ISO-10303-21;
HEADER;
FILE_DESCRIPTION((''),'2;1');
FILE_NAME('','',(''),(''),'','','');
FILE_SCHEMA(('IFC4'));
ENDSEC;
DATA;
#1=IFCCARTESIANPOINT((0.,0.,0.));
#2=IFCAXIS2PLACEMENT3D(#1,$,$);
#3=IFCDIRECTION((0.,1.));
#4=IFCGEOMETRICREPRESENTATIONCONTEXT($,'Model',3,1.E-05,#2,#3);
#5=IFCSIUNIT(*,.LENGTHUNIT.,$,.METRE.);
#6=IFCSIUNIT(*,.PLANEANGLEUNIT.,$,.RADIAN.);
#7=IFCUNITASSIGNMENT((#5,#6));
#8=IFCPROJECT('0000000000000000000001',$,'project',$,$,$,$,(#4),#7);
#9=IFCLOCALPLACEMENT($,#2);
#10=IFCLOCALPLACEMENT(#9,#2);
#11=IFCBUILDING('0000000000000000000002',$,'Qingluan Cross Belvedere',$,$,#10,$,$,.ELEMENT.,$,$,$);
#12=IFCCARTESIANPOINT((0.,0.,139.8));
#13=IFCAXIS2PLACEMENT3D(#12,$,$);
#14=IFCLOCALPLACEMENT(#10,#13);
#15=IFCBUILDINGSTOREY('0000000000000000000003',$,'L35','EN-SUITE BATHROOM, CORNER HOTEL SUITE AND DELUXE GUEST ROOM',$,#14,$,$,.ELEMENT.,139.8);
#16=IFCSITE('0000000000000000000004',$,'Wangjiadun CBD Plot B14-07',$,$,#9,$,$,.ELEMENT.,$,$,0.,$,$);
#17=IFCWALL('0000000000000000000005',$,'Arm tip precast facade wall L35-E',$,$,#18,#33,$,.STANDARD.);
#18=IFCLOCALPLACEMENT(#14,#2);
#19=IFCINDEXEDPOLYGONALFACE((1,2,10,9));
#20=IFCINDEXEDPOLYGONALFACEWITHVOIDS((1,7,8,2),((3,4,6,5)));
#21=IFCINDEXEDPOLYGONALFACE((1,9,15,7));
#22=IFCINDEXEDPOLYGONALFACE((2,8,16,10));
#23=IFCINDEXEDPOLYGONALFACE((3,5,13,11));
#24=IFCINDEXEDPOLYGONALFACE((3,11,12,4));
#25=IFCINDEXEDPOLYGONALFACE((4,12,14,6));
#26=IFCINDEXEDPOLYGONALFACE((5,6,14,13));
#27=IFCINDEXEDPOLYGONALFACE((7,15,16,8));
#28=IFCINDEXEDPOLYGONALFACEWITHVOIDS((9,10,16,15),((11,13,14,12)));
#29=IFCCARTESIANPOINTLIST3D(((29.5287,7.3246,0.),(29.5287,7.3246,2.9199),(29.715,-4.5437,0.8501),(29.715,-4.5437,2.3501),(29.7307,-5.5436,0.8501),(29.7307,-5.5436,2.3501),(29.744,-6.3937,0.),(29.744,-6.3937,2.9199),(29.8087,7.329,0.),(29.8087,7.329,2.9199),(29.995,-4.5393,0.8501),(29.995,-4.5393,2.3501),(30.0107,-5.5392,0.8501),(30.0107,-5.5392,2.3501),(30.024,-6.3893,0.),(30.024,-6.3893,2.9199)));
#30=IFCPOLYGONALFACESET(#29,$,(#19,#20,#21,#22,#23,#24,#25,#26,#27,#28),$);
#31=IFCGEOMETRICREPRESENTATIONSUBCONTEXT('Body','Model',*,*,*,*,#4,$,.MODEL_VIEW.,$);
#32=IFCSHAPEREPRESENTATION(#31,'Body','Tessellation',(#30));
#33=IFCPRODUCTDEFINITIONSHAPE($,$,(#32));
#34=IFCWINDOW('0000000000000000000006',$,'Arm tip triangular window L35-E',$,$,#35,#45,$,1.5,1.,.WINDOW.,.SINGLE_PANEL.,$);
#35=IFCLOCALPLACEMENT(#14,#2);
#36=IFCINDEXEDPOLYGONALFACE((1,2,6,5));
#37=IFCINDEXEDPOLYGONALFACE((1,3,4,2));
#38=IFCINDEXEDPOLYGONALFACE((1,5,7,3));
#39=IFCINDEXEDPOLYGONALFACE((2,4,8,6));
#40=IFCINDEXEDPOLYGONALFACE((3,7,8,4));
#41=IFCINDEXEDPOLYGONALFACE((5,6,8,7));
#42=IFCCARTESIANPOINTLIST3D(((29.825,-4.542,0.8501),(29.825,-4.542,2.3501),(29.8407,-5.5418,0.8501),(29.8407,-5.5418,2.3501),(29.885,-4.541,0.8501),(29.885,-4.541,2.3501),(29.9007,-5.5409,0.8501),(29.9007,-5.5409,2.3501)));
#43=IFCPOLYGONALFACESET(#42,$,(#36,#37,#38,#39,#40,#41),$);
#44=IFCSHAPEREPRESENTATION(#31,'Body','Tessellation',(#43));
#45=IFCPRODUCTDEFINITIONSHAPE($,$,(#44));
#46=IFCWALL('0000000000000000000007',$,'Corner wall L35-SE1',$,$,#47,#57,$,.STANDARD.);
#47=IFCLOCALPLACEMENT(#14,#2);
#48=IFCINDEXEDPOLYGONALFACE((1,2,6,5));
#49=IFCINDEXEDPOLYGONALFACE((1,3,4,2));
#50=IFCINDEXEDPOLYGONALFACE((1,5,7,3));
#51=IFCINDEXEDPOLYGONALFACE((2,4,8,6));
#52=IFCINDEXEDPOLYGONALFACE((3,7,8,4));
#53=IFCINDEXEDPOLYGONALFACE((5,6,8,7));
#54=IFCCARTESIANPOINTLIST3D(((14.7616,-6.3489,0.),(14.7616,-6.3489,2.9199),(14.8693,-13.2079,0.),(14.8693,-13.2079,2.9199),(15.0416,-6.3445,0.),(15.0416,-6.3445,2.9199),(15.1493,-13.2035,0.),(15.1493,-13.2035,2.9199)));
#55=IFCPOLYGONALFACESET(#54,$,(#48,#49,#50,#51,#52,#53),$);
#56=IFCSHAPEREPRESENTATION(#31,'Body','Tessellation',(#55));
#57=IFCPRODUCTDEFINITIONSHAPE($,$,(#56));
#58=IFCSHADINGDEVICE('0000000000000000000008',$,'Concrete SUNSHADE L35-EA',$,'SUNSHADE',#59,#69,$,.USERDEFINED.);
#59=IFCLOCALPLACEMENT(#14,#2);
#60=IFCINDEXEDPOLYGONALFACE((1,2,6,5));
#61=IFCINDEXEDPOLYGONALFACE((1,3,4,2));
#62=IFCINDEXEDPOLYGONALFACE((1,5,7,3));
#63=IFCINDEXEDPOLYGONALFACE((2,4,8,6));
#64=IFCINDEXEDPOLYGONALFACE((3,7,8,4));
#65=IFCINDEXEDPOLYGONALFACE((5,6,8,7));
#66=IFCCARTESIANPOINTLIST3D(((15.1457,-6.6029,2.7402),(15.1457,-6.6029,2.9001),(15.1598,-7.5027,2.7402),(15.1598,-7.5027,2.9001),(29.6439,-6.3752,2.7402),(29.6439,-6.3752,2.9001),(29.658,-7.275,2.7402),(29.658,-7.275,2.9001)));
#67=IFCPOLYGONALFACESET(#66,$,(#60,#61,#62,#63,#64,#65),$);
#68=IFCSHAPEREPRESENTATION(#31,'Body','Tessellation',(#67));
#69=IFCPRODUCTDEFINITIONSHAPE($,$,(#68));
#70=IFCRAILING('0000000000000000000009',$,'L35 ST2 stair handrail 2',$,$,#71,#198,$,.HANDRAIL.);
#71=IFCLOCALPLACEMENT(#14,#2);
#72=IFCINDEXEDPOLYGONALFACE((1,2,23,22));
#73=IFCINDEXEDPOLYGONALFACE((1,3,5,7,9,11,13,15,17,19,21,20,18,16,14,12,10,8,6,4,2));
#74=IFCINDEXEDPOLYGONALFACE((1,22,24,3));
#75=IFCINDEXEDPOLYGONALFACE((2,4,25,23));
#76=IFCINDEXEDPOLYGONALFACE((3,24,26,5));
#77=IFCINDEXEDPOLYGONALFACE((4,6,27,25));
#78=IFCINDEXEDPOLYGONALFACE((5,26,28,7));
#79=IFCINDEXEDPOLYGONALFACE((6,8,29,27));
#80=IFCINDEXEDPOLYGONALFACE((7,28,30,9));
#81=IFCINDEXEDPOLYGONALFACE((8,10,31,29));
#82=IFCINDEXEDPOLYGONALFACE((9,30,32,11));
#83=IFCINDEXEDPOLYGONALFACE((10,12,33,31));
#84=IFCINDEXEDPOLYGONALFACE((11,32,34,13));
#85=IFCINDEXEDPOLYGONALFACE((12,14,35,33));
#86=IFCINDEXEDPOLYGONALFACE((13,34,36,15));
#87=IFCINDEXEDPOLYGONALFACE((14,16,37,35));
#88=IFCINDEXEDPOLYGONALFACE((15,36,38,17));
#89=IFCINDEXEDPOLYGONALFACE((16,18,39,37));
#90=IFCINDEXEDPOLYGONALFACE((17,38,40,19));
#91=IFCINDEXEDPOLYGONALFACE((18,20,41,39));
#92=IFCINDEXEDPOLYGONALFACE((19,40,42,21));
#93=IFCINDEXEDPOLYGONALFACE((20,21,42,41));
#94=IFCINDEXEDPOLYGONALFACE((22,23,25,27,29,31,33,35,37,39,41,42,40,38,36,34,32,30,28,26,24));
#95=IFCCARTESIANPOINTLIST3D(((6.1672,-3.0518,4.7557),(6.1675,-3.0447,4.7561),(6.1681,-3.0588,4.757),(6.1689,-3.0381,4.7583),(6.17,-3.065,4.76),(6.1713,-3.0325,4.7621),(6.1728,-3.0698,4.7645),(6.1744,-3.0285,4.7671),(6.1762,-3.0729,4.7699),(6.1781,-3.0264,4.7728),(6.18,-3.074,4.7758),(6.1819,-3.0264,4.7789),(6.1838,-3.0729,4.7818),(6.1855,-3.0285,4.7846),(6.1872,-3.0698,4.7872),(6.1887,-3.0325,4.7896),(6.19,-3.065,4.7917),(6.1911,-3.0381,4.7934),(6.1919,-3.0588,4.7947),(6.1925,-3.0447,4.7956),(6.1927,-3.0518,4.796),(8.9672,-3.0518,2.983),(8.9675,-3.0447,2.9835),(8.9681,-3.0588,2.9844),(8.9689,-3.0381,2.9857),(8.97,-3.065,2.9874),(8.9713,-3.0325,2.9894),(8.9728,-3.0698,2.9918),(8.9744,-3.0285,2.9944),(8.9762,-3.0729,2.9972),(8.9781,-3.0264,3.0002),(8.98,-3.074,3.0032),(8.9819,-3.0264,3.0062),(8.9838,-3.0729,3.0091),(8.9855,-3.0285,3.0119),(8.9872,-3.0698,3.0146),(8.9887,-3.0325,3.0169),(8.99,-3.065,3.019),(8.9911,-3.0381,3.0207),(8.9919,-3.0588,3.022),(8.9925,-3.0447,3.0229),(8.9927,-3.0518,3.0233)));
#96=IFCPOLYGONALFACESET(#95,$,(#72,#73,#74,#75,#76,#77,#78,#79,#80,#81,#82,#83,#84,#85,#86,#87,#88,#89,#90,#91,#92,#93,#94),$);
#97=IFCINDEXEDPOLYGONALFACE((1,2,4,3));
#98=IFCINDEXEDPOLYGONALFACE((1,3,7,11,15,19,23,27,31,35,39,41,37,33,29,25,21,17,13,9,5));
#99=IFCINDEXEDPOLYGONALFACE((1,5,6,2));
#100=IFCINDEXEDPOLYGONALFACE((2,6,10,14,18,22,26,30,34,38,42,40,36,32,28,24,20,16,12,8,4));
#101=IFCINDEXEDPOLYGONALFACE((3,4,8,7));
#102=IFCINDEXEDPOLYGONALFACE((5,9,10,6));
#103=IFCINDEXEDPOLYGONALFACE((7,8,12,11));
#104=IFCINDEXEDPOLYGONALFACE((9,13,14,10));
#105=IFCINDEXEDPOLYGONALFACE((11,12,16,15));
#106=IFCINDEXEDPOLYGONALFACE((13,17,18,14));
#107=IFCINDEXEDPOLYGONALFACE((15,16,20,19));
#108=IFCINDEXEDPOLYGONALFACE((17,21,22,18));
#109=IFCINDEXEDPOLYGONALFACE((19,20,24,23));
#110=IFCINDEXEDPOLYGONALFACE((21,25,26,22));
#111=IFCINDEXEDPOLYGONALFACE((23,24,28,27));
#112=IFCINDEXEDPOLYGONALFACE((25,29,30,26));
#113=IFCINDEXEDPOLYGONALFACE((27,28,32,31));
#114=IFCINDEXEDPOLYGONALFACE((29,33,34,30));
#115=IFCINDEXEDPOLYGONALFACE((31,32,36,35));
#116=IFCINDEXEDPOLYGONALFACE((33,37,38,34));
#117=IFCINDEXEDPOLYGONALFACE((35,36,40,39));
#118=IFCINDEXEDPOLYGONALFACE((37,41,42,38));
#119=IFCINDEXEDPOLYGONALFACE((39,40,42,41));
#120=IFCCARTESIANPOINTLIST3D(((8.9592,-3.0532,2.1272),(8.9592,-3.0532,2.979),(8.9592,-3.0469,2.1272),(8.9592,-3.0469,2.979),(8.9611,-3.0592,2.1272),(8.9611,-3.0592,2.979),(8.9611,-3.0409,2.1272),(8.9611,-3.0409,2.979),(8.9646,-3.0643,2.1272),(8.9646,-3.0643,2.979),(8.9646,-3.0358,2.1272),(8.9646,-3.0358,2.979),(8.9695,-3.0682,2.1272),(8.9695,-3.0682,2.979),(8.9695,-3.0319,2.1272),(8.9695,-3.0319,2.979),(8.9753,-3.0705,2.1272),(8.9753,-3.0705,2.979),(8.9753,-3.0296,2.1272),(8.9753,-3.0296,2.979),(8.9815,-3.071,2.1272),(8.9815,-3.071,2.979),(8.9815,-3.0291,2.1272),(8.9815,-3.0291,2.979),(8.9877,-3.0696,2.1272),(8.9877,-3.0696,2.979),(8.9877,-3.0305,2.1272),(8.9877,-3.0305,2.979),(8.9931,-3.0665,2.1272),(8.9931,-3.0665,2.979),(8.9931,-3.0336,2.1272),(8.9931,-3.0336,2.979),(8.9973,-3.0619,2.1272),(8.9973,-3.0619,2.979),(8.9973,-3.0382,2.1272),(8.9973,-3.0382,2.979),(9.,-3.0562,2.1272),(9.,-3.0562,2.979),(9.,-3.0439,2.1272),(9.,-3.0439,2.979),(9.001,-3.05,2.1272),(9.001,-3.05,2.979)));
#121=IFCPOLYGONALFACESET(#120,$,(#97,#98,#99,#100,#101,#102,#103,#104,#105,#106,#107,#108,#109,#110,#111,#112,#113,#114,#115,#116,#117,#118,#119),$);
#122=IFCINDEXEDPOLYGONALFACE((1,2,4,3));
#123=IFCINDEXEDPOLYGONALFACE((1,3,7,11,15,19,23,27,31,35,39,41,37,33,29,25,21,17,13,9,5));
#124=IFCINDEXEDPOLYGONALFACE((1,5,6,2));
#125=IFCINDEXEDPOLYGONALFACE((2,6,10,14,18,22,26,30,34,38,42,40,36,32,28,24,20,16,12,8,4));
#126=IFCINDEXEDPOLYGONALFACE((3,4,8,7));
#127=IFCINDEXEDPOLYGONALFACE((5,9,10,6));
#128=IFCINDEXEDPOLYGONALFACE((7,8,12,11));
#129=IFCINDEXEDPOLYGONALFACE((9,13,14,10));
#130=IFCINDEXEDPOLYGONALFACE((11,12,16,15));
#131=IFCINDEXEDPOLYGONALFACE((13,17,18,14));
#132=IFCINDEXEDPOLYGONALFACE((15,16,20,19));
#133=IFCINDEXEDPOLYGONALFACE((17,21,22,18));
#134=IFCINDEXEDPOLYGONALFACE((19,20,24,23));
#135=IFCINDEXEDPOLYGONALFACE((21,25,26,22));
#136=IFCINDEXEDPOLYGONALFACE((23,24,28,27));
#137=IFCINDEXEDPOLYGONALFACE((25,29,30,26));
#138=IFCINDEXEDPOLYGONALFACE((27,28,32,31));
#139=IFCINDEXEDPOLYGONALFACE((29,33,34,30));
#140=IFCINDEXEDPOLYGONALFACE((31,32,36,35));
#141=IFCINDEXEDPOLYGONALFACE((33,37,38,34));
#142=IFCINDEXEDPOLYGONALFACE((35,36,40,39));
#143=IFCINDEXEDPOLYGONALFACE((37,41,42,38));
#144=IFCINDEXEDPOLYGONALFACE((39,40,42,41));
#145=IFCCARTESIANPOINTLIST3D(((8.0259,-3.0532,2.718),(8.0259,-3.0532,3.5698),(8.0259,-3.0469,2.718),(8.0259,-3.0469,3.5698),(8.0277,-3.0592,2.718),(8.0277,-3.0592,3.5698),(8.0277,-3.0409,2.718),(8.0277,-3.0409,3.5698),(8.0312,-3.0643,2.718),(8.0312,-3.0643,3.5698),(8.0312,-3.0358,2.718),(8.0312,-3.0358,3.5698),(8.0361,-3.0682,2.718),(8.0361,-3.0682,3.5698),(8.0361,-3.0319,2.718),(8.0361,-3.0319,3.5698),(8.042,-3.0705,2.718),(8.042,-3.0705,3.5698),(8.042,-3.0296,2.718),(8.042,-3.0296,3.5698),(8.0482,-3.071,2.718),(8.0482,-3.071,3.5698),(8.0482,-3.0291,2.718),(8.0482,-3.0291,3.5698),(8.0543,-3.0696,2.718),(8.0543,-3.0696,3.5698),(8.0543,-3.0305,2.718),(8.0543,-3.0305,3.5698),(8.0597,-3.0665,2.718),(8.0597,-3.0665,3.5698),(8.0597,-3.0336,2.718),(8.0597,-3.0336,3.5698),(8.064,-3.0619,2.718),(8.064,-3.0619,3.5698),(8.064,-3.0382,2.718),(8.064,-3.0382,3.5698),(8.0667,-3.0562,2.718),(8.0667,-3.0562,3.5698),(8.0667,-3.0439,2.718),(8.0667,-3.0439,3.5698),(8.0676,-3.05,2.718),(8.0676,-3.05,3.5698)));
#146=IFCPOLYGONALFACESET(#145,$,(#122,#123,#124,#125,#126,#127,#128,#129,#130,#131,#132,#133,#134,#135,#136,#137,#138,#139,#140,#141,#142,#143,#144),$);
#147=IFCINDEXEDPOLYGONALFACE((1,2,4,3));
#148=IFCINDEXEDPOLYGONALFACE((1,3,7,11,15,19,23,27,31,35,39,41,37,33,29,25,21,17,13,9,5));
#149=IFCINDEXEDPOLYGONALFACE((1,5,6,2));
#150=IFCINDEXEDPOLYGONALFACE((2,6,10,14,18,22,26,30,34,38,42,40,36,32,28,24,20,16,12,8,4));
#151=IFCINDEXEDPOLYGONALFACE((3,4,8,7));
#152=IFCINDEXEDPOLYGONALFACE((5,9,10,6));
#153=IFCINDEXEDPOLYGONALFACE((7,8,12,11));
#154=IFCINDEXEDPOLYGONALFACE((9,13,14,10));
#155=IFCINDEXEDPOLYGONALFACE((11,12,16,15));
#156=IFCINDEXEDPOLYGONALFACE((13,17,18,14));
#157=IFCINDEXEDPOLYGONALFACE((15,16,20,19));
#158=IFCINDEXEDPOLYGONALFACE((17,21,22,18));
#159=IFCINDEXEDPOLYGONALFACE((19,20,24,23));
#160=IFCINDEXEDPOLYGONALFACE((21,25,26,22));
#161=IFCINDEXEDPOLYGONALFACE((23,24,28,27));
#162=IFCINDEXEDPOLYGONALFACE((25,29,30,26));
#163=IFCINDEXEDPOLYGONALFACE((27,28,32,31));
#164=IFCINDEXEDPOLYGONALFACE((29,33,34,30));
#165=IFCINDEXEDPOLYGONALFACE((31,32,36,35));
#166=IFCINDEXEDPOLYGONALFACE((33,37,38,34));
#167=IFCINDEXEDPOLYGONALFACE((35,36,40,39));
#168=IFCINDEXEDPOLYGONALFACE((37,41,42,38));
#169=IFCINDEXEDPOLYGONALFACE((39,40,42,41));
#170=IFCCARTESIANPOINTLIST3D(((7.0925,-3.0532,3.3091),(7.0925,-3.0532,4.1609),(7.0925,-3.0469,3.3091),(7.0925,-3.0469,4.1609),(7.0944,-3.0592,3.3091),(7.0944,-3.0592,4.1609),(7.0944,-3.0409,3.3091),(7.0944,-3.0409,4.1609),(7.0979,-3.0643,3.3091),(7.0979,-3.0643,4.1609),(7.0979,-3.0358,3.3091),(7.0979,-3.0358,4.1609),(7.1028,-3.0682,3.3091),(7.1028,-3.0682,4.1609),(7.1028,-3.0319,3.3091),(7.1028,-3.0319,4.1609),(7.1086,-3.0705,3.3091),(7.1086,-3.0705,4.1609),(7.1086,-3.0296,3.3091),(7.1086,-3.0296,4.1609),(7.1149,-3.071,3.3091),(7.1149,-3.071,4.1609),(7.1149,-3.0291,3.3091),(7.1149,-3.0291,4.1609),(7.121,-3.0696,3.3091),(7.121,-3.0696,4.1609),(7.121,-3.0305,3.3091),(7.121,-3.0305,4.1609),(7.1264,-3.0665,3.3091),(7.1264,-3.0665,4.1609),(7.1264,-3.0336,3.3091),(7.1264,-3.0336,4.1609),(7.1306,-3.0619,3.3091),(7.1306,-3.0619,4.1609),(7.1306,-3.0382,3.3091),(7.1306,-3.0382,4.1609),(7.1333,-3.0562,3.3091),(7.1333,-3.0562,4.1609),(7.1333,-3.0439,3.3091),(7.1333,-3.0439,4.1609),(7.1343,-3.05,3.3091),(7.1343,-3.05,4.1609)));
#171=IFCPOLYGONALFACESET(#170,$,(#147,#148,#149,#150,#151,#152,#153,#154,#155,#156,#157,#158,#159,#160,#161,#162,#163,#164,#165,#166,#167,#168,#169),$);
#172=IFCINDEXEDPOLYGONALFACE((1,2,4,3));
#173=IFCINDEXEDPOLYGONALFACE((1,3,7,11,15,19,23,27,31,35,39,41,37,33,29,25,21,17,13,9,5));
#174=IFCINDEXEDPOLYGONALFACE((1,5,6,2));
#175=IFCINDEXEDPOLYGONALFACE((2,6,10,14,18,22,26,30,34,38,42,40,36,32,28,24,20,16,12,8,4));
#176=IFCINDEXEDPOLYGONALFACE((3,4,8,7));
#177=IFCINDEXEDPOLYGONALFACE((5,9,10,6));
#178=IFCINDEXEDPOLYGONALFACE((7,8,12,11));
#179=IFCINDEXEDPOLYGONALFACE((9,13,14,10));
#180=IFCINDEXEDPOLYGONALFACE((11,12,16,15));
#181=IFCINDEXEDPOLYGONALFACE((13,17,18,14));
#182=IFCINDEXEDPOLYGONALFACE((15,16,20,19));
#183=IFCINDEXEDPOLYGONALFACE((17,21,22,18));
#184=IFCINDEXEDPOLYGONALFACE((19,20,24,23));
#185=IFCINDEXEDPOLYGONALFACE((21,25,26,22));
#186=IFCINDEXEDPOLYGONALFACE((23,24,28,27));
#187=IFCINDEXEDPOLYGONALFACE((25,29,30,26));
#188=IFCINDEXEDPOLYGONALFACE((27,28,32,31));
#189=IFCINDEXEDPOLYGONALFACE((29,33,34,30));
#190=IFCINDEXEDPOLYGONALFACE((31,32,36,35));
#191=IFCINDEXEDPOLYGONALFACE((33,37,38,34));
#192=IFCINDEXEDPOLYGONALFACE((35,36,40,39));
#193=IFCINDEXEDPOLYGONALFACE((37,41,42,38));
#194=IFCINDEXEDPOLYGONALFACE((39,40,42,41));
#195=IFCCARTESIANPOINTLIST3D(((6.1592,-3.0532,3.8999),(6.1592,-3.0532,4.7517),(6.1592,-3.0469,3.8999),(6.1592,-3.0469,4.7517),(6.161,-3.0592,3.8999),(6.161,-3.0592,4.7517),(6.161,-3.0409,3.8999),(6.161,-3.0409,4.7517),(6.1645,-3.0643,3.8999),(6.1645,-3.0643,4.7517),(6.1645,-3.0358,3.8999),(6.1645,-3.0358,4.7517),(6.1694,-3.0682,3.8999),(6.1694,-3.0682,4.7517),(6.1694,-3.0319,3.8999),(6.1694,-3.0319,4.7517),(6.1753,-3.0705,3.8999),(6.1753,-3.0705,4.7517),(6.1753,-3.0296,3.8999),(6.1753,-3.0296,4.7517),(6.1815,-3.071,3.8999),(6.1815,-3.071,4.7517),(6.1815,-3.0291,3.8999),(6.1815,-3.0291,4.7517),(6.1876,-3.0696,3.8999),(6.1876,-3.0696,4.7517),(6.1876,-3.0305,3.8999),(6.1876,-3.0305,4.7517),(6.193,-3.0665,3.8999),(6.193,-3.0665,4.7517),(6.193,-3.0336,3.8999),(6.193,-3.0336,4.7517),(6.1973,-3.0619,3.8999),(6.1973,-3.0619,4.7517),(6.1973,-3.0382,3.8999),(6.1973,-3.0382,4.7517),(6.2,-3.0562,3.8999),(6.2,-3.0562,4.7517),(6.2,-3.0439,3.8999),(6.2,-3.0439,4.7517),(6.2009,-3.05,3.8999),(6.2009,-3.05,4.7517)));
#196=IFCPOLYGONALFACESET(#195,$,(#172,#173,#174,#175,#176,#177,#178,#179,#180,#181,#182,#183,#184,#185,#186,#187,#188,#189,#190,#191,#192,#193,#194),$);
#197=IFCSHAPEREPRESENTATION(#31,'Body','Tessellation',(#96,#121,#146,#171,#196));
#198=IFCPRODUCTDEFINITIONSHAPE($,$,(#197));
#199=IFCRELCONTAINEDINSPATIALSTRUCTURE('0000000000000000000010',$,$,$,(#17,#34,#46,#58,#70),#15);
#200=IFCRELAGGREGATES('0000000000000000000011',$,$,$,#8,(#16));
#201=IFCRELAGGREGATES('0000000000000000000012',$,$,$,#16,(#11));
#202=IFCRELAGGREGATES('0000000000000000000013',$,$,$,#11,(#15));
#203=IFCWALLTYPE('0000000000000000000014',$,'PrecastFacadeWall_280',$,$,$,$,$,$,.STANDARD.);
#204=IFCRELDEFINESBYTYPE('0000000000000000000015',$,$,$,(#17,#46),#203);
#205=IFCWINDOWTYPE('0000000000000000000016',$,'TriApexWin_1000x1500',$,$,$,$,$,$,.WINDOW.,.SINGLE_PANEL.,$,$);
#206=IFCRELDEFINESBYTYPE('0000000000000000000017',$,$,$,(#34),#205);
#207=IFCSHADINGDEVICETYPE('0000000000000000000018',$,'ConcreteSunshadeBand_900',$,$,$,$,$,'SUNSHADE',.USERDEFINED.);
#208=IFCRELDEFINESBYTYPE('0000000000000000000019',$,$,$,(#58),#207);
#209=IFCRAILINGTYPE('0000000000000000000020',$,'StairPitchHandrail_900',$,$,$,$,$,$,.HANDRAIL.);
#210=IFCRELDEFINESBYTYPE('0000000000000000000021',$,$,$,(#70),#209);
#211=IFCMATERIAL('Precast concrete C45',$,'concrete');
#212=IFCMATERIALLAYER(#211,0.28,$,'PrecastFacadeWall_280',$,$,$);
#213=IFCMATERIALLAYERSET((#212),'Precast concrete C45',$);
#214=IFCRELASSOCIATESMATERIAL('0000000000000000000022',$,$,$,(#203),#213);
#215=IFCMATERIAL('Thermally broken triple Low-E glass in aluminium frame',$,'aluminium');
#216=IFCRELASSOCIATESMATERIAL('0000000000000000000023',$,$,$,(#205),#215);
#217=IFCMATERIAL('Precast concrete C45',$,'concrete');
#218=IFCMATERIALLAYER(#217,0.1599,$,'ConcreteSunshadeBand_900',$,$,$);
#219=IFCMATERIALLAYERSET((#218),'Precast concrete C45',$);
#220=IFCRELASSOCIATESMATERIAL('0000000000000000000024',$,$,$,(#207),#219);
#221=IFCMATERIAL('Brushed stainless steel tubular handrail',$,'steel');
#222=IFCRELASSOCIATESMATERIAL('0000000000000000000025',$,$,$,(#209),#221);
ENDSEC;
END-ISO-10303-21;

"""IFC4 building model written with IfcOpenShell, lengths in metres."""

from ifc_helpers import new_model, si_unit, direction, frame, frame_2d, origin, origin_2d, place, context, subcontext, project, spatial, rectangle, circle, extrude, material, layer, layer_set, type_object, element, fill, save


model = new_model("IFC4")

# Units and contexts
model_context = context("Model", 3, precision=1e-05, world=origin(), true_north=direction((0.0, 1.0)))
body_context = subcontext(model_context, "Body", "Model", "MODEL_VIEW")
ifc_project = project(units=[si_unit("LENGTHUNIT", "METRE"), si_unit("PLANEANGLEUNIT", "RADIAN")], contexts=[model_context])

# Site, building, storey
site_placement = place(None, origin())
site = spatial("IfcSite", under=ifc_project, at=site_placement, Name="Wangjiadun CBD Plot B14-07", CompositionType="ELEMENT", RefElevation=0.0)
building_placement = place(site_placement, origin())
building = spatial("IfcBuilding", under=site, at=building_placement, Name="Qingluan Cross Belvedere", CompositionType="ELEMENT")
storey_placement = place(building_placement, frame((0.0, 0.0, 139.8)))
storey = spatial("IfcBuildingStorey", under=building, at=storey_placement, Name="L35", Description="EN-SUITE BATHROOM, CORNER HOTEL SUITE AND DELUXE GUEST ROOM", CompositionType="ELEMENT", Elevation=139.8)

# Shared definitions
ifc_material_1 = material(Name="Precast concrete C45", Category="concrete")
ifc_layer_1 = layer(ifc_material_1, 0.28, Name="PrecastFacadeWall_280")
ifc_layer_set_1 = layer_set([ifc_layer_1], Name="Precast concrete C45")
wall_type_1 = type_object("IfcWallType", Name="PrecastFacadeWall_280", PredefinedType="STANDARD", material=ifc_layer_set_1)

# Wall, opening, window
wall_1_placement = place(storey_placement, frame((29.884, -6.3914, 0.0), z_axis=(0.0, 0.0, 1.0), x_axis=(-0.015695, 0.999877, 0.0)))
wall_1 = element("IfcWall", 1, at=wall_1_placement, inside=storey, type_object=wall_type_1, Name="Arm tip precast facade wall L35-E", PredefinedType="STANDARD", context=body_context, shape_type="SweptSolid", body=[
    extrude(rectangle(XDim=13.72, YDim=0.28, at=frame_2d((6.8599, 0.0))), origin(), (0.0, 0.0, 1.0), 2.9199),
])
opening_1_placement = place(wall_1_placement, frame((0.8501, 0.0, 0.8501)))
opening_1 = element("IfcOpeningElement", 2, at=opening_1_placement, cuts=wall_1, PredefinedType="OPENING", context=body_context, shape_type="SweptSolid", body=[
    extrude(rectangle(XDim=1.0, YDim=1.5, at=frame_2d((0.5, 0.75))), frame((0.0, 0.1499, 0.0), z_axis=(0.0, -1.0, 0.0), x_axis=(1.0, 0.0, 0.0)), (0.0, 0.0, 1.0), 0.3),
])
ifc_material_2 = material(Name="Thermally broken triple Low-E glass in aluminium frame", Category="aluminium")
window_type_1 = type_object("IfcWindowType", Name="TriApexWin_1000x1500", PartitioningType="SINGLE_PANEL", PredefinedType="WINDOW", material=ifc_material_2)
window_1_placement = place(opening_1_placement, origin())
window_1 = element("IfcWindow", 3, at=window_1_placement, inside=storey, type_object=window_type_1, Name="Arm tip triangular window L35-E", OverallHeight=1.5, OverallWidth=1.0, PartitioningType="SINGLE_PANEL", PredefinedType="WINDOW", context=body_context, shape_type="SweptSolid", body=[
    extrude(rectangle(XDim=1.0, YDim=1.5, at=frame_2d((0.5, 0.75))), frame((0.0, 0.03, 0.0), z_axis=(0.0, -1.0, 0.0), x_axis=(1.0, 0.0, 0.0)), (0.0, 0.0, 1.0), 0.0601),
])
fill(opening_1, window_1)

# Wall
wall_2_placement = place(storey_placement, frame((14.9016, -6.3467, 0.0), z_axis=(0.0, 0.0, 1.0), x_axis=(0.015695, -0.999877, 0.0)))
element("IfcWall", 4, at=wall_2_placement, inside=storey, type_object=wall_type_1, Name="Corner wall L35-SE1", PredefinedType="STANDARD", context=body_context, shape_type="SweptSolid", body=[
    extrude(rectangle(XDim=6.8599, YDim=0.28, at=frame_2d((3.4299, 0.0))), origin(), (0.0, 0.0, 1.0), 2.9199),
])

# Shading device
ifc_material_3 = material(Name="Precast concrete C45", Category="concrete")
ifc_layer_2 = layer(ifc_material_3, 0.1599, Name="ConcreteSunshadeBand_900")
ifc_layer_set_2 = layer_set([ifc_layer_2], Name="Precast concrete C45")
shading_device_type = type_object("IfcShadingDeviceType", Name="ConcreteSunshadeBand_900", ElementType="SUNSHADE", PredefinedType="USERDEFINED", material=ifc_layer_set_2)
shading_device_placement = place(storey_placement, frame((22.4019, -6.939, 2.7402), z_axis=(0.0, 0.0, 1.0), x_axis=(0.999877, 0.015707, 0.0)))
element("IfcShadingDevice", 5, at=shading_device_placement, inside=storey, type_object=shading_device_type, Name="Concrete SUNSHADE L35-EA", ObjectType="SUNSHADE", PredefinedType="USERDEFINED", context=body_context, shape_type="SweptSolid", body=[
    extrude(rectangle(XDim=14.5, YDim=0.8999, at=origin_2d()), origin(), (0.0, 0.0, 1.0), 0.1599),
])

# Railing
ifc_material_4 = material(Name="Brushed stainless steel tubular handrail", Category="steel")
railing_type_1 = type_object("IfcRailingType", Name="StairPitchHandrail_900", PredefinedType="HANDRAIL", material=ifc_material_4)
railing_1_placement = place(storey_placement, frame((8.98, -3.05, 2.1272)))
element("IfcRailing", 6, at=railing_1_placement, inside=storey, type_object=railing_type_1, Name="L35 ST2 stair handrail 2", PredefinedType="HANDRAIL", context=body_context, shape_type="SweptSolid", body=[
    extrude(circle(Radius=0.0239, at=origin_2d()), frame((0.0, 0.0, 0.876), z_axis=(-0.844909, 0.0, 0.53491), x_axis=(0.0, -1.0, 0.0)), (0.0, 0.0, 1.0), 3.314),
    extrude(circle(Radius=0.021, at=origin_2d()), origin(), (0.0, 0.0, 1.0), 0.8518),
    extrude(circle(Radius=0.021, at=origin_2d()), frame((-0.9333, 0.0, 0.5908)), (0.0, 0.0, 1.0), 0.8518),
    extrude(circle(Radius=0.021, at=origin_2d()), frame((-1.8667, 0.0, 1.1819)), (0.0, 0.0, 1.0), 0.8518),
    extrude(circle(Radius=0.021, at=origin_2d()), frame((-2.8, 0.0, 1.7727)), (0.0, 0.0, 1.0), 0.8518),
])

save(model, "model.ifc")
